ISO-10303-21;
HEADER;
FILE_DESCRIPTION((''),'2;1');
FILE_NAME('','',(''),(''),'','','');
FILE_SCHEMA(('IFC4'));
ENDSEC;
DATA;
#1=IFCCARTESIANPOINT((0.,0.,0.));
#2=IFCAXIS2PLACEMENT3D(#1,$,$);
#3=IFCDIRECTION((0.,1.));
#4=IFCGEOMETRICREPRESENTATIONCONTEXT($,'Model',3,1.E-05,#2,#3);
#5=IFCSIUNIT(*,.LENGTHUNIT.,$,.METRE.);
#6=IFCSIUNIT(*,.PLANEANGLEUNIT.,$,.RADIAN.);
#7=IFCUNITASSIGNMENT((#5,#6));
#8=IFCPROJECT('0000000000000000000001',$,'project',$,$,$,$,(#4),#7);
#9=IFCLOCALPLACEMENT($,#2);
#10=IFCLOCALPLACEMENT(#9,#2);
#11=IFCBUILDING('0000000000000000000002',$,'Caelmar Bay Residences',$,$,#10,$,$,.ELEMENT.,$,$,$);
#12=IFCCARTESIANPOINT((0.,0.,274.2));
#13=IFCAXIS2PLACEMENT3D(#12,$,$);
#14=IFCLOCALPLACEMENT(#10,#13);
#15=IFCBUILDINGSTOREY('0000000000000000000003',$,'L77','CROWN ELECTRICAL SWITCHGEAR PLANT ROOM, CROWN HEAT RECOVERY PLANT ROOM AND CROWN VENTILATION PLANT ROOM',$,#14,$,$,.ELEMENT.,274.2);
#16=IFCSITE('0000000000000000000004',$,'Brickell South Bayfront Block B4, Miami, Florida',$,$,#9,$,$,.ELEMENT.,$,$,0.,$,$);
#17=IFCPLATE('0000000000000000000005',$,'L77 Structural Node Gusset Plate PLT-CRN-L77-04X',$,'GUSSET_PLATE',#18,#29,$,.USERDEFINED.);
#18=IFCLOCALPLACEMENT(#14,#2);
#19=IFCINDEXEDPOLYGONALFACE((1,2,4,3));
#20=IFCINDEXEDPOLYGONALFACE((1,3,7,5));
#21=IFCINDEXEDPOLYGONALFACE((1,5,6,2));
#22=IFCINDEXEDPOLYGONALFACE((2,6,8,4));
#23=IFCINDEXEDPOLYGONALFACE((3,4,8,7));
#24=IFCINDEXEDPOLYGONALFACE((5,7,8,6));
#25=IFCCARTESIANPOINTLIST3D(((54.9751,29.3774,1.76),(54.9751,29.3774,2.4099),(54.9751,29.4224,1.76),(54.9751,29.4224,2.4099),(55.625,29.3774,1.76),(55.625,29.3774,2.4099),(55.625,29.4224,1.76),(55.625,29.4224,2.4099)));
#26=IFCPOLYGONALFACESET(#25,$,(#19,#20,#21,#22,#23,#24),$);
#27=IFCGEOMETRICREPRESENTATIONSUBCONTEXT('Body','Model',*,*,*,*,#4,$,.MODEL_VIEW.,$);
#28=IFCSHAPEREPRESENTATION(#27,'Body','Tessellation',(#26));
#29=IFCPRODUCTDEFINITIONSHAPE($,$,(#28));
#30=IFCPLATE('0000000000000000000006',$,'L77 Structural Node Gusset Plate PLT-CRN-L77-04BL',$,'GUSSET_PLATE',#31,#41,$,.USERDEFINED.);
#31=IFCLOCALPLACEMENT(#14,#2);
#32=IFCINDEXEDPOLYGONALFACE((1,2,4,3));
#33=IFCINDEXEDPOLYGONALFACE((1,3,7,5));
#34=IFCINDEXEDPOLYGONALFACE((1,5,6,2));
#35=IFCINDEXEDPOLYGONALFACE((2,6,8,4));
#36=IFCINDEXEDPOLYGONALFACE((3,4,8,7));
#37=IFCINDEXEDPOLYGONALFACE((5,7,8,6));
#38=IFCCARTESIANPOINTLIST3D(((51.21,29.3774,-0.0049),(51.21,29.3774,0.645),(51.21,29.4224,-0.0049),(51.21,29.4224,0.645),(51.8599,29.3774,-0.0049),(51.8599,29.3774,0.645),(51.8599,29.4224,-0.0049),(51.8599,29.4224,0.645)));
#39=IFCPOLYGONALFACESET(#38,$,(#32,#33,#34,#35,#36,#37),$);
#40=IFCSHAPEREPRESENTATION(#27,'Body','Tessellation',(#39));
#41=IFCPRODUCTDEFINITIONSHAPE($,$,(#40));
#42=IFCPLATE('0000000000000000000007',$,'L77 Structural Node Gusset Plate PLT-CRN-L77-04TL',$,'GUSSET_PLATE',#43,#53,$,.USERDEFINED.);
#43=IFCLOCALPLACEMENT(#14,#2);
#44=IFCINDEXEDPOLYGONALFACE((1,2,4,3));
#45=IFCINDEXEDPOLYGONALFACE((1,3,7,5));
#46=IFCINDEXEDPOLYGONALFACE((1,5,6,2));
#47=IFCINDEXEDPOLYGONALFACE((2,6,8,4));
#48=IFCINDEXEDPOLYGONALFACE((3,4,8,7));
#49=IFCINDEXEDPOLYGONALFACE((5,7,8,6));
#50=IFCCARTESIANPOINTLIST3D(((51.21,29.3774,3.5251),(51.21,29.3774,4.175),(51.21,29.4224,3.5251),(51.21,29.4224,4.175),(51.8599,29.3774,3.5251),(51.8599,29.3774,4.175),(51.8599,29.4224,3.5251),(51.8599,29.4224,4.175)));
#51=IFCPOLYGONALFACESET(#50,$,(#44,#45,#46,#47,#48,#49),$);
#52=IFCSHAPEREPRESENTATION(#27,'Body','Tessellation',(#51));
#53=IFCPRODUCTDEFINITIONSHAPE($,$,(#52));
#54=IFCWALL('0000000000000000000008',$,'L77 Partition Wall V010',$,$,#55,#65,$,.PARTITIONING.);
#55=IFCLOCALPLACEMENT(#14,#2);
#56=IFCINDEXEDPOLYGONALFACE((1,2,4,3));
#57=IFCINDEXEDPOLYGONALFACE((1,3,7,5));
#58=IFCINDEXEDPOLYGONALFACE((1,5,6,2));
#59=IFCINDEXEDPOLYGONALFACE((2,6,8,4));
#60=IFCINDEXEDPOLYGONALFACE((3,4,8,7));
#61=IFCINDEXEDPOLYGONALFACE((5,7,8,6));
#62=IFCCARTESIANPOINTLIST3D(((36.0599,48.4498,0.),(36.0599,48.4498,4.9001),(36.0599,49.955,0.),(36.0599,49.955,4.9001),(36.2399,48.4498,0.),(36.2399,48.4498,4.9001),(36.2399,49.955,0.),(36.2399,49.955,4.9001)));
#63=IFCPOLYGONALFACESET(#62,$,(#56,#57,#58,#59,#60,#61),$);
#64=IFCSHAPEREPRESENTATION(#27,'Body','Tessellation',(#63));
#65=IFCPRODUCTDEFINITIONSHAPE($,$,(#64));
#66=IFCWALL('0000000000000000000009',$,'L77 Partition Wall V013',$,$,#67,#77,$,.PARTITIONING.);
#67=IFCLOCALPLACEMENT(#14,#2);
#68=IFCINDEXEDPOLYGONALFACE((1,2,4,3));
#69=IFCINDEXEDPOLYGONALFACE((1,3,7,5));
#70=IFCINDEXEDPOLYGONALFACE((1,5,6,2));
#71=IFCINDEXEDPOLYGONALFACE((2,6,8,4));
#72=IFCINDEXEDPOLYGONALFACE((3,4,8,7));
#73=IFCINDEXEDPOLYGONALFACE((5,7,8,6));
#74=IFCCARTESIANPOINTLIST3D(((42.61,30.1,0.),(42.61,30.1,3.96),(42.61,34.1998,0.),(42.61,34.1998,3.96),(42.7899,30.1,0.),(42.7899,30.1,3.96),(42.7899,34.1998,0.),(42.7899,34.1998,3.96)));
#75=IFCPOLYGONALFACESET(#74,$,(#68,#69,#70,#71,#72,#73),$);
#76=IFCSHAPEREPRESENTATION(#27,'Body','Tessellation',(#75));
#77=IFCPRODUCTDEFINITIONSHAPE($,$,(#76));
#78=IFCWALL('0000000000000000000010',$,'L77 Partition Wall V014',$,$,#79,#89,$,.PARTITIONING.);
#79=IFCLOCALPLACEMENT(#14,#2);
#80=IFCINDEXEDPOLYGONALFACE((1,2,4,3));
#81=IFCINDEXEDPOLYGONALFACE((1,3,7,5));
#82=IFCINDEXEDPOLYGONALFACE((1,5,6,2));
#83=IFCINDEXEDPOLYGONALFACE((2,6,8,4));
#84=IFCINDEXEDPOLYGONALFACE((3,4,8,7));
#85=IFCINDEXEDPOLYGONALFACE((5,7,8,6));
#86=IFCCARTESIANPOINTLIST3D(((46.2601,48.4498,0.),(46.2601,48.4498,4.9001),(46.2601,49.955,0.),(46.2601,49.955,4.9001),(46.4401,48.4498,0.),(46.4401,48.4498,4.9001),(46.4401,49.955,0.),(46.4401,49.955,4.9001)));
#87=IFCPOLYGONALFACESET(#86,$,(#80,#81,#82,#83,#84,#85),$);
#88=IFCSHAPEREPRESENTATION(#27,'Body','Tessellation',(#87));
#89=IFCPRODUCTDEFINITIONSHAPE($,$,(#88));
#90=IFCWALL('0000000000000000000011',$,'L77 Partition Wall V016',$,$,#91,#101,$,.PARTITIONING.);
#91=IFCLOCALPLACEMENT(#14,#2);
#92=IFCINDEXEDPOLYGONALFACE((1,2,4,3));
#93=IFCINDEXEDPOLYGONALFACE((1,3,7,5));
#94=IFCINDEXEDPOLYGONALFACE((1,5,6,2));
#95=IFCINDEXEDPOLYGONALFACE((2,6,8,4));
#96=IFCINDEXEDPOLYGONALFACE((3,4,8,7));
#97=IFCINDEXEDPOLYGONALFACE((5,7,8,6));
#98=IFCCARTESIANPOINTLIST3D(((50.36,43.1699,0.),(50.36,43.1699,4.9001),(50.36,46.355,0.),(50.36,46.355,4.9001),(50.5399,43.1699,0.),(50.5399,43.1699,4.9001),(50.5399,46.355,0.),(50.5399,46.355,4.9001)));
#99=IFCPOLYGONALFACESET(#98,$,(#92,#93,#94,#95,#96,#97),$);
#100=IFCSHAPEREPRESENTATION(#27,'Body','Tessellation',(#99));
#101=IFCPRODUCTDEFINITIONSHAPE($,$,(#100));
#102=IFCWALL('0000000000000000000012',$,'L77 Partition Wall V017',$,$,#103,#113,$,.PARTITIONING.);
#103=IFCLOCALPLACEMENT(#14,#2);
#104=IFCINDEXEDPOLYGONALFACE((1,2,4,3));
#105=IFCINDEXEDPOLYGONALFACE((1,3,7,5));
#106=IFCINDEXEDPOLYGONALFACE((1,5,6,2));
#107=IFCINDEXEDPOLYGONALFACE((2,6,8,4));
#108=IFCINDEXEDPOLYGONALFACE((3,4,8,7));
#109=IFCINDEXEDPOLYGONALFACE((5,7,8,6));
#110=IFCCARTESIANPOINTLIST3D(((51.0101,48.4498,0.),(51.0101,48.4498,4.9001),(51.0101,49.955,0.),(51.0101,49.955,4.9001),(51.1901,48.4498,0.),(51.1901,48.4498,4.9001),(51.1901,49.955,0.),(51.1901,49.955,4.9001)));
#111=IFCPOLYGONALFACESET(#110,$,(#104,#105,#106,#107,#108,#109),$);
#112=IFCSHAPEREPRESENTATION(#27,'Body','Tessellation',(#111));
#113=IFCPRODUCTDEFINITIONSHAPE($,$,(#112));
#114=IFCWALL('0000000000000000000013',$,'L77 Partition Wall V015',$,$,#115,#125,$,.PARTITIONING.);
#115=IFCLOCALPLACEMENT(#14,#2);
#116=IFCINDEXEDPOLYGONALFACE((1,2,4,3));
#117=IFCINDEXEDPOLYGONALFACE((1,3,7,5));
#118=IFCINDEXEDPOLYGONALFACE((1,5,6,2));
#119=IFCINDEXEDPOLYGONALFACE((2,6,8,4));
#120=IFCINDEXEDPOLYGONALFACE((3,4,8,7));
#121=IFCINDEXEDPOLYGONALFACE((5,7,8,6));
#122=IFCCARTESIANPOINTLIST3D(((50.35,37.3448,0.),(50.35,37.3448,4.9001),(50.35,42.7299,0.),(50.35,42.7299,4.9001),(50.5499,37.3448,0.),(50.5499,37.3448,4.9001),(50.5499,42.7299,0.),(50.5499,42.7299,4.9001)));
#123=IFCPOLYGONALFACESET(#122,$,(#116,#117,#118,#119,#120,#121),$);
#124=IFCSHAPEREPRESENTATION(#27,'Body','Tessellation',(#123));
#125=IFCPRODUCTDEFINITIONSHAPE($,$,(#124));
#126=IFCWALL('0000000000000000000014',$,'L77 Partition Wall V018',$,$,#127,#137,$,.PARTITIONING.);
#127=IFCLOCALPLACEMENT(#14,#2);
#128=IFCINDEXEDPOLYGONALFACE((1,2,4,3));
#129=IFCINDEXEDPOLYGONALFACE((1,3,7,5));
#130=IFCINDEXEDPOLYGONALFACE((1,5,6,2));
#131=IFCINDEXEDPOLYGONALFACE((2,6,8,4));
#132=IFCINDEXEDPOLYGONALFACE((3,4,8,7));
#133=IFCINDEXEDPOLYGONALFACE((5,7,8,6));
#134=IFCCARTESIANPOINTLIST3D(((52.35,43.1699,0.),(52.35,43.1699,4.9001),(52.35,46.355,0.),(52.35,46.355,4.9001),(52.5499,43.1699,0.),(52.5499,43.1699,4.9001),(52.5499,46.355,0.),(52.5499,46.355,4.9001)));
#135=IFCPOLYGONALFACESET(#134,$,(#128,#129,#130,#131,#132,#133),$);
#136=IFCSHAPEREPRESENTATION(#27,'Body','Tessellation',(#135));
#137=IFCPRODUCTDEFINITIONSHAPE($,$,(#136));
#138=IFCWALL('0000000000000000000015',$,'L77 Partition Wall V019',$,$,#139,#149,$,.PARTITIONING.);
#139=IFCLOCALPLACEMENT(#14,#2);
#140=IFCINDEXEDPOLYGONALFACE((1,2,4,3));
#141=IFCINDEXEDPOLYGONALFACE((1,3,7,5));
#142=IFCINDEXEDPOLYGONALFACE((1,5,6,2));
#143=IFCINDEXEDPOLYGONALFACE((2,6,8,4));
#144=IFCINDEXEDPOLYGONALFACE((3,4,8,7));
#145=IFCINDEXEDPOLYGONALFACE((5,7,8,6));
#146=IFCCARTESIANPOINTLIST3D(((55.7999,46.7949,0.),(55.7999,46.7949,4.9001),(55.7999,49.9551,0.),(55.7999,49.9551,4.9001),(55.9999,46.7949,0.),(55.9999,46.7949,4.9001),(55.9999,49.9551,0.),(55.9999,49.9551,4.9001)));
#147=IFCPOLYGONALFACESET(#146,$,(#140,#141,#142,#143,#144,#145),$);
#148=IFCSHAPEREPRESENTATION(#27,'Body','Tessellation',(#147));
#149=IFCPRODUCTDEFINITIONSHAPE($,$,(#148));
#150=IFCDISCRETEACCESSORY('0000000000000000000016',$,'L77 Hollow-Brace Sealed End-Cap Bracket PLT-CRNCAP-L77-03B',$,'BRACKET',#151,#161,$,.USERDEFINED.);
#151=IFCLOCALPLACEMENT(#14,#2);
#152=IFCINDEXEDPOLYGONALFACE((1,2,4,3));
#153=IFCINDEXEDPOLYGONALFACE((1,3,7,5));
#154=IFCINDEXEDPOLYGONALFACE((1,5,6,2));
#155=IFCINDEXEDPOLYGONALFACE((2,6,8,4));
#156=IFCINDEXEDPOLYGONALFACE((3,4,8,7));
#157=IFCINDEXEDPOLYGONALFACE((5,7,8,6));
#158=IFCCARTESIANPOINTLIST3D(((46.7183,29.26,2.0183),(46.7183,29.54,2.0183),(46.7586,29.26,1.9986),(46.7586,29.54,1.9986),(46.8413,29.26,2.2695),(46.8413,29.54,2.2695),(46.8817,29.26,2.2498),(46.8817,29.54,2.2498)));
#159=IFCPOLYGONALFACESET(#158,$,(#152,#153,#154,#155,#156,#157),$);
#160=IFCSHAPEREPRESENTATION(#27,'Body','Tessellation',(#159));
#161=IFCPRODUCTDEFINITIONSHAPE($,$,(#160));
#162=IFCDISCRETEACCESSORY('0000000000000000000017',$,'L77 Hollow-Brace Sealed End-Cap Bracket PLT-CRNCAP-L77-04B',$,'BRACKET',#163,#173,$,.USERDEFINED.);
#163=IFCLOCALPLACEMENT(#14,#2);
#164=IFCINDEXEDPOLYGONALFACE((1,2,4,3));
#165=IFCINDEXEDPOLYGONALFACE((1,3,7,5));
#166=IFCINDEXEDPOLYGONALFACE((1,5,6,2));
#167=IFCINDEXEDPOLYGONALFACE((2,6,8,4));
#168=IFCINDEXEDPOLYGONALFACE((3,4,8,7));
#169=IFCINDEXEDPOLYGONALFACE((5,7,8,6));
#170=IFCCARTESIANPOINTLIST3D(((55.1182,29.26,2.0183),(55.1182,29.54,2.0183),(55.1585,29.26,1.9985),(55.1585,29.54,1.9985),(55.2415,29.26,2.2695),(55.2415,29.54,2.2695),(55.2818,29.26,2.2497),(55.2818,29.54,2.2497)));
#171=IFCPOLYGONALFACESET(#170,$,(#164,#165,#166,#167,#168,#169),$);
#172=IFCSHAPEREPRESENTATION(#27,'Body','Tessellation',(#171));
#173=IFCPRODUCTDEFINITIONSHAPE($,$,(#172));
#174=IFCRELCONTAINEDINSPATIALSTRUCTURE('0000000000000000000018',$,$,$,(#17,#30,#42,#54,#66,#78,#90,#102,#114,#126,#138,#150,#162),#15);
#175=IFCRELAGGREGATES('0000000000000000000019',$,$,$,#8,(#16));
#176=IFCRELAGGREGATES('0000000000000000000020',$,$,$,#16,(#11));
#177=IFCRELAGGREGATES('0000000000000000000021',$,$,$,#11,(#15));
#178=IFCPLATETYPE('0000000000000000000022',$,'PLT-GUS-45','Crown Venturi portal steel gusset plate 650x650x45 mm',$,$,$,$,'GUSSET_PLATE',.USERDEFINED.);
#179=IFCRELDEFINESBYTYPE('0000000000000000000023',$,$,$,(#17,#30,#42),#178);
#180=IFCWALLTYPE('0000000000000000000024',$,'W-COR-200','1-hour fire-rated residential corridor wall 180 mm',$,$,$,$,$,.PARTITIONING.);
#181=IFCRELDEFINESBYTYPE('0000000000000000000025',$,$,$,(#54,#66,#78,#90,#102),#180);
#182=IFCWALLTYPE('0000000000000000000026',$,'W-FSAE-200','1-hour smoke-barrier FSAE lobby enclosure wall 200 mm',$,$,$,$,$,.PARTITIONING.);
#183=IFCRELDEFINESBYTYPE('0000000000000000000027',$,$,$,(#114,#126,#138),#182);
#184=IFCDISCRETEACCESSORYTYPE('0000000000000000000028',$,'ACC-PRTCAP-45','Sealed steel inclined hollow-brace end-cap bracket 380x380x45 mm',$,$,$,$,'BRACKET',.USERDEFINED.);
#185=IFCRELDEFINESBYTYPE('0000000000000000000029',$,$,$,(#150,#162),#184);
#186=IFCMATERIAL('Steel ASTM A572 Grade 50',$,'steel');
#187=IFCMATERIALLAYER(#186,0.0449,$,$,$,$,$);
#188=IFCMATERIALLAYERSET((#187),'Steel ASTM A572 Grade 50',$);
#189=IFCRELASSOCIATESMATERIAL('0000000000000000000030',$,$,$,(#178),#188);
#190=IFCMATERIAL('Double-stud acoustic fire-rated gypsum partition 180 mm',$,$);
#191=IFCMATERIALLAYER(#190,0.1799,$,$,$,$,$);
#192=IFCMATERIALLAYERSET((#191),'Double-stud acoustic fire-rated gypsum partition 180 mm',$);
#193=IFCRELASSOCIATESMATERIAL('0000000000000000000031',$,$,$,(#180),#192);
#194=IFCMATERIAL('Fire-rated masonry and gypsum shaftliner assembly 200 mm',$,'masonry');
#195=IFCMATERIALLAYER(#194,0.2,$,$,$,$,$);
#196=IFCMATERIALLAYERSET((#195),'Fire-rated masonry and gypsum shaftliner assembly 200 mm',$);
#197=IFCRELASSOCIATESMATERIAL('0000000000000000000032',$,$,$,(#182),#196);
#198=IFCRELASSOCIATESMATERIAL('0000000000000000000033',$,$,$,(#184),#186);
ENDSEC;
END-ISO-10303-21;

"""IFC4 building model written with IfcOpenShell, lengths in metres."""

from ifc_helpers import new_model, si_unit, direction, frame, frame_2d, origin, origin_2d, place, context, subcontext, project, spatial, polyline, rectangle, outline, extrude, material, layer, layer_set, type_object, element, save


model = new_model("IFC4")

# Units and contexts
model_context = context("Model", 3, precision=1e-05, world=origin(), true_north=direction((0.0, 1.0)))
body_context = subcontext(model_context, "Body", "Model", "MODEL_VIEW")
ifc_project = project(units=[si_unit("LENGTHUNIT", "METRE"), si_unit("PLANEANGLEUNIT", "RADIAN")], contexts=[model_context])

# Site, building, storey
site_placement = place(None, origin())
site = spatial("IfcSite", under=ifc_project, at=site_placement, Name="Brickell South Bayfront Block B4, Miami, Florida", CompositionType="ELEMENT", RefElevation=0.0)
building_placement = place(site_placement, origin())
building = spatial("IfcBuilding", under=site, at=building_placement, Name="Caelmar Bay Residences", CompositionType="ELEMENT")
storey_placement = place(building_placement, frame((0.0, 0.0, 274.2)))
storey = spatial("IfcBuildingStorey", under=building, at=storey_placement, Name="L77", Description="CROWN ELECTRICAL SWITCHGEAR PLANT ROOM, CROWN HEAT RECOVERY PLANT ROOM AND CROWN VENTILATION PLANT ROOM", CompositionType="ELEMENT", Elevation=274.2)

# Plates
ifc_material_1 = material(Name="Steel ASTM A572 Grade 50", Category="steel")
ifc_layer_1 = layer(ifc_material_1, 0.0449)
ifc_layer_set_1 = layer_set([ifc_layer_1], Name="Steel ASTM A572 Grade 50")
plate_type = type_object("IfcPlateType", Name="PLT-GUS-45", Description="Crown Venturi portal steel gusset plate 650x650x45 mm", ElementType="GUSSET_PLATE", PredefinedType="USERDEFINED", material=ifc_layer_set_1)
for number, where, z_axis, x_axis, name in (
    (1, (55.3, 29.3999, 1.76), (0.0, 0.0, 1.0), (1.0, 0.0, 0.0), "L77 Structural Node Gusset Plate PLT-CRN-L77-04X"),
    (2, (51.5349, 29.3999, -0.0049), (0.0, 0.0, 1.0), (1.0, 0.0, 0.0), "L77 Structural Node Gusset Plate PLT-CRN-L77-04BL"),
    (3, (51.5349, 29.3999, 3.5251), (0.0, 0.0, 1.0), (1.0, 0.0, 0.0), "L77 Structural Node Gusset Plate PLT-CRN-L77-04TL"),
):
    element("IfcPlate", number, at=place(storey_placement, frame(where, z_axis=z_axis, x_axis=x_axis)), inside=storey, type_object=plate_type, Name=name, ObjectType="GUSSET_PLATE", PredefinedType="USERDEFINED", context=body_context, shape_type="SweptSolid", body=[
        extrude(rectangle(XDim=0.6499, YDim=0.0449, at=origin_2d()), origin(), (0.0, 0.0, 1.0), 0.6499),
    ])

# Walls
ifc_material_2 = material(Name="Double-stud acoustic fire-rated gypsum partition 180 mm")
ifc_layer_2 = layer(ifc_material_2, 0.1799)
ifc_layer_set_2 = layer_set([ifc_layer_2], Name="Double-stud acoustic fire-rated gypsum partition 180 mm")
wall_type_1 = type_object("IfcWallType", Name="W-COR-200", Description="1-hour fire-rated residential corridor wall 180 mm", PredefinedType="PARTITIONING", material=ifc_layer_set_2)
wall_1_placement = place(storey_placement, frame((36.1499, 48.45, 0.0), z_axis=(0.0, 0.0, 1.0), x_axis=(0.0, 1.0, 0.0)))
element("IfcWall", 4, at=wall_1_placement, inside=storey, type_object=wall_type_1, Name="L77 Partition Wall V010", PredefinedType="PARTITIONING", context=body_context, shape_type="SweptSolid", body=[
    extrude(rectangle(XDim=1.5051, YDim=0.1799, at=frame_2d((0.7524, 0.0))), origin(), (0.0, 0.0, 1.0), 4.9001),
])
wall_2_placement = place(storey_placement, frame((42.7, 30.1001, 0.0), z_axis=(0.0, 0.0, 1.0), x_axis=(0.0, 1.0, 0.0)))
element("IfcWall", 5, at=wall_2_placement, inside=storey, type_object=wall_type_1, Name="L77 Partition Wall V013", PredefinedType="PARTITIONING", context=body_context, shape_type="SweptSolid", body=[
    extrude(rectangle(XDim=4.0999, YDim=0.1799, at=frame_2d((2.0498, 0.0))), origin(), (0.0, 0.0, 1.0), 3.96),
])
wall_3_placement = place(storey_placement, frame((46.3501, 48.45, 0.0), z_axis=(0.0, 0.0, 1.0), x_axis=(0.0, 1.0, 0.0)))
element("IfcWall", 6, at=wall_3_placement, inside=storey, type_object=wall_type_1, Name="L77 Partition Wall V014", PredefinedType="PARTITIONING", context=body_context, shape_type="SweptSolid", body=[
    extrude(rectangle(XDim=1.5051, YDim=0.1799, at=frame_2d((0.7524, 0.0))), origin(), (0.0, 0.0, 1.0), 4.9001),
])
wall_4_placement = place(storey_placement, frame((50.45, 43.1699, 0.0), z_axis=(0.0, 0.0, 1.0), x_axis=(0.0, 1.0, 0.0)))
element("IfcWall", 7, at=wall_4_placement, inside=storey, type_object=wall_type_1, Name="L77 Partition Wall V016", PredefinedType="PARTITIONING", context=body_context, shape_type="SweptSolid", body=[
    extrude(rectangle(XDim=3.1851, YDim=0.1799, at=frame_2d((1.5925, 0.0))), origin(), (0.0, 0.0, 1.0), 4.9001),
])
wall_5_placement = place(storey_placement, frame((51.1001, 48.45, 0.0), z_axis=(0.0, 0.0, 1.0), x_axis=(0.0, 1.0, 0.0)))
element("IfcWall", 8, at=wall_5_placement, inside=storey, type_object=wall_type_1, Name="L77 Partition Wall V017", PredefinedType="PARTITIONING", context=body_context, shape_type="SweptSolid", body=[
    extrude(rectangle(XDim=1.5051, YDim=0.1799, at=frame_2d((0.7524, 0.0))), origin(), (0.0, 0.0, 1.0), 4.9001),
])
ifc_material_3 = material(Name="Fire-rated masonry and gypsum shaftliner assembly 200 mm", Category="masonry")
ifc_layer_3 = layer(ifc_material_3, 0.2)
ifc_layer_set_3 = layer_set([ifc_layer_3], Name="Fire-rated masonry and gypsum shaftliner assembly 200 mm")
wall_type_2 = type_object("IfcWallType", Name="W-FSAE-200", Description="1-hour smoke-barrier FSAE lobby enclosure wall 200 mm", PredefinedType="PARTITIONING", material=ifc_layer_set_3)
wall_6_placement = place(storey_placement, frame((50.45, 37.345, 0.0), z_axis=(0.0, 0.0, 1.0), x_axis=(0.0, 1.0, 0.0)))
element("IfcWall", 9, at=wall_6_placement, inside=storey, type_object=wall_type_2, Name="L77 Partition Wall V015", PredefinedType="PARTITIONING", context=body_context, shape_type="SweptSolid", body=[
    extrude(rectangle(XDim=5.385, YDim=0.2, at=frame_2d((2.6924, 0.0))), origin(), (0.0, 0.0, 1.0), 4.9001),
])
wall_7_placement = place(storey_placement, frame((52.45, 43.1699, 0.0), z_axis=(0.0, 0.0, 1.0), x_axis=(0.0, 1.0, 0.0)))
element("IfcWall", 10, at=wall_7_placement, inside=storey, type_object=wall_type_2, Name="L77 Partition Wall V018", PredefinedType="PARTITIONING", context=body_context, shape_type="SweptSolid", body=[
    extrude(rectangle(XDim=3.1851, YDim=0.2, at=frame_2d((1.5925, 0.0))), origin(), (0.0, 0.0, 1.0), 4.9001),
])
wall_8_placement = place(storey_placement, frame((55.8999, 46.7949, 0.0), z_axis=(0.0, 0.0, 1.0), x_axis=(0.0, 1.0, 0.0)))
element("IfcWall", 11, at=wall_8_placement, inside=storey, type_object=wall_type_2, Name="L77 Partition Wall V019", PredefinedType="PARTITIONING", context=body_context, shape_type="SweptSolid", body=[
    extrude(rectangle(XDim=3.1602, YDim=0.2, at=frame_2d((1.5801, 0.0))), origin(), (0.0, 0.0, 1.0), 4.9001),
])

# Discrete accessories
discrete_accessory_type = type_object("IfcDiscreteAccessoryType", Name="ACC-PRTCAP-45", Description="Sealed steel inclined hollow-brace end-cap bracket 380x380x45 mm", ElementType="BRACKET", PredefinedType="USERDEFINED", material=ifc_material_1)
discrete_accessory_1_placement = place(storey_placement, frame((46.7183, 29.54, 2.0183), z_axis=(-0.898063, 0.0, 0.439867), x_axis=(0.0, -1.0, 0.0)))
element("IfcDiscreteAccessory", 12, at=discrete_accessory_1_placement, inside=storey, type_object=discrete_accessory_type, Name="L77 Hollow-Brace Sealed End-Cap Bracket PLT-CRNCAP-L77-03B", ObjectType="BRACKET", PredefinedType="USERDEFINED", context=body_context, shape_type="SweptSolid", body=[
    extrude(outline(polyline([(0.0, 0.0), (0.28, 0.0), (0.28, 0.2797), (0.0, 0.2797), (0.0, 0.0)])), origin(), (0.0, 0.0, -1.0), 0.0449),
])
discrete_accessory_2_placement = place(storey_placement, frame((55.1182, 29.54, 2.0183), z_axis=(-0.897718, 0.0, 0.440571), x_axis=(0.0, -1.0, 0.0)))
element("IfcDiscreteAccessory", 13, at=discrete_accessory_2_placement, inside=storey, type_object=discrete_accessory_type, Name="L77 Hollow-Brace Sealed End-Cap Bracket PLT-CRNCAP-L77-04B", ObjectType="BRACKET", PredefinedType="USERDEFINED", context=body_context, shape_type="SweptSolid", body=[
    extrude(outline(polyline([(0.0, 0.0), (0.28, 0.0), (0.28, 0.2798), (0.0, 0.2798), (0.0, 0.0)])), origin(), (0.0, 0.0, -1.0), 0.0449),
])

save(model, "model.ifc")
